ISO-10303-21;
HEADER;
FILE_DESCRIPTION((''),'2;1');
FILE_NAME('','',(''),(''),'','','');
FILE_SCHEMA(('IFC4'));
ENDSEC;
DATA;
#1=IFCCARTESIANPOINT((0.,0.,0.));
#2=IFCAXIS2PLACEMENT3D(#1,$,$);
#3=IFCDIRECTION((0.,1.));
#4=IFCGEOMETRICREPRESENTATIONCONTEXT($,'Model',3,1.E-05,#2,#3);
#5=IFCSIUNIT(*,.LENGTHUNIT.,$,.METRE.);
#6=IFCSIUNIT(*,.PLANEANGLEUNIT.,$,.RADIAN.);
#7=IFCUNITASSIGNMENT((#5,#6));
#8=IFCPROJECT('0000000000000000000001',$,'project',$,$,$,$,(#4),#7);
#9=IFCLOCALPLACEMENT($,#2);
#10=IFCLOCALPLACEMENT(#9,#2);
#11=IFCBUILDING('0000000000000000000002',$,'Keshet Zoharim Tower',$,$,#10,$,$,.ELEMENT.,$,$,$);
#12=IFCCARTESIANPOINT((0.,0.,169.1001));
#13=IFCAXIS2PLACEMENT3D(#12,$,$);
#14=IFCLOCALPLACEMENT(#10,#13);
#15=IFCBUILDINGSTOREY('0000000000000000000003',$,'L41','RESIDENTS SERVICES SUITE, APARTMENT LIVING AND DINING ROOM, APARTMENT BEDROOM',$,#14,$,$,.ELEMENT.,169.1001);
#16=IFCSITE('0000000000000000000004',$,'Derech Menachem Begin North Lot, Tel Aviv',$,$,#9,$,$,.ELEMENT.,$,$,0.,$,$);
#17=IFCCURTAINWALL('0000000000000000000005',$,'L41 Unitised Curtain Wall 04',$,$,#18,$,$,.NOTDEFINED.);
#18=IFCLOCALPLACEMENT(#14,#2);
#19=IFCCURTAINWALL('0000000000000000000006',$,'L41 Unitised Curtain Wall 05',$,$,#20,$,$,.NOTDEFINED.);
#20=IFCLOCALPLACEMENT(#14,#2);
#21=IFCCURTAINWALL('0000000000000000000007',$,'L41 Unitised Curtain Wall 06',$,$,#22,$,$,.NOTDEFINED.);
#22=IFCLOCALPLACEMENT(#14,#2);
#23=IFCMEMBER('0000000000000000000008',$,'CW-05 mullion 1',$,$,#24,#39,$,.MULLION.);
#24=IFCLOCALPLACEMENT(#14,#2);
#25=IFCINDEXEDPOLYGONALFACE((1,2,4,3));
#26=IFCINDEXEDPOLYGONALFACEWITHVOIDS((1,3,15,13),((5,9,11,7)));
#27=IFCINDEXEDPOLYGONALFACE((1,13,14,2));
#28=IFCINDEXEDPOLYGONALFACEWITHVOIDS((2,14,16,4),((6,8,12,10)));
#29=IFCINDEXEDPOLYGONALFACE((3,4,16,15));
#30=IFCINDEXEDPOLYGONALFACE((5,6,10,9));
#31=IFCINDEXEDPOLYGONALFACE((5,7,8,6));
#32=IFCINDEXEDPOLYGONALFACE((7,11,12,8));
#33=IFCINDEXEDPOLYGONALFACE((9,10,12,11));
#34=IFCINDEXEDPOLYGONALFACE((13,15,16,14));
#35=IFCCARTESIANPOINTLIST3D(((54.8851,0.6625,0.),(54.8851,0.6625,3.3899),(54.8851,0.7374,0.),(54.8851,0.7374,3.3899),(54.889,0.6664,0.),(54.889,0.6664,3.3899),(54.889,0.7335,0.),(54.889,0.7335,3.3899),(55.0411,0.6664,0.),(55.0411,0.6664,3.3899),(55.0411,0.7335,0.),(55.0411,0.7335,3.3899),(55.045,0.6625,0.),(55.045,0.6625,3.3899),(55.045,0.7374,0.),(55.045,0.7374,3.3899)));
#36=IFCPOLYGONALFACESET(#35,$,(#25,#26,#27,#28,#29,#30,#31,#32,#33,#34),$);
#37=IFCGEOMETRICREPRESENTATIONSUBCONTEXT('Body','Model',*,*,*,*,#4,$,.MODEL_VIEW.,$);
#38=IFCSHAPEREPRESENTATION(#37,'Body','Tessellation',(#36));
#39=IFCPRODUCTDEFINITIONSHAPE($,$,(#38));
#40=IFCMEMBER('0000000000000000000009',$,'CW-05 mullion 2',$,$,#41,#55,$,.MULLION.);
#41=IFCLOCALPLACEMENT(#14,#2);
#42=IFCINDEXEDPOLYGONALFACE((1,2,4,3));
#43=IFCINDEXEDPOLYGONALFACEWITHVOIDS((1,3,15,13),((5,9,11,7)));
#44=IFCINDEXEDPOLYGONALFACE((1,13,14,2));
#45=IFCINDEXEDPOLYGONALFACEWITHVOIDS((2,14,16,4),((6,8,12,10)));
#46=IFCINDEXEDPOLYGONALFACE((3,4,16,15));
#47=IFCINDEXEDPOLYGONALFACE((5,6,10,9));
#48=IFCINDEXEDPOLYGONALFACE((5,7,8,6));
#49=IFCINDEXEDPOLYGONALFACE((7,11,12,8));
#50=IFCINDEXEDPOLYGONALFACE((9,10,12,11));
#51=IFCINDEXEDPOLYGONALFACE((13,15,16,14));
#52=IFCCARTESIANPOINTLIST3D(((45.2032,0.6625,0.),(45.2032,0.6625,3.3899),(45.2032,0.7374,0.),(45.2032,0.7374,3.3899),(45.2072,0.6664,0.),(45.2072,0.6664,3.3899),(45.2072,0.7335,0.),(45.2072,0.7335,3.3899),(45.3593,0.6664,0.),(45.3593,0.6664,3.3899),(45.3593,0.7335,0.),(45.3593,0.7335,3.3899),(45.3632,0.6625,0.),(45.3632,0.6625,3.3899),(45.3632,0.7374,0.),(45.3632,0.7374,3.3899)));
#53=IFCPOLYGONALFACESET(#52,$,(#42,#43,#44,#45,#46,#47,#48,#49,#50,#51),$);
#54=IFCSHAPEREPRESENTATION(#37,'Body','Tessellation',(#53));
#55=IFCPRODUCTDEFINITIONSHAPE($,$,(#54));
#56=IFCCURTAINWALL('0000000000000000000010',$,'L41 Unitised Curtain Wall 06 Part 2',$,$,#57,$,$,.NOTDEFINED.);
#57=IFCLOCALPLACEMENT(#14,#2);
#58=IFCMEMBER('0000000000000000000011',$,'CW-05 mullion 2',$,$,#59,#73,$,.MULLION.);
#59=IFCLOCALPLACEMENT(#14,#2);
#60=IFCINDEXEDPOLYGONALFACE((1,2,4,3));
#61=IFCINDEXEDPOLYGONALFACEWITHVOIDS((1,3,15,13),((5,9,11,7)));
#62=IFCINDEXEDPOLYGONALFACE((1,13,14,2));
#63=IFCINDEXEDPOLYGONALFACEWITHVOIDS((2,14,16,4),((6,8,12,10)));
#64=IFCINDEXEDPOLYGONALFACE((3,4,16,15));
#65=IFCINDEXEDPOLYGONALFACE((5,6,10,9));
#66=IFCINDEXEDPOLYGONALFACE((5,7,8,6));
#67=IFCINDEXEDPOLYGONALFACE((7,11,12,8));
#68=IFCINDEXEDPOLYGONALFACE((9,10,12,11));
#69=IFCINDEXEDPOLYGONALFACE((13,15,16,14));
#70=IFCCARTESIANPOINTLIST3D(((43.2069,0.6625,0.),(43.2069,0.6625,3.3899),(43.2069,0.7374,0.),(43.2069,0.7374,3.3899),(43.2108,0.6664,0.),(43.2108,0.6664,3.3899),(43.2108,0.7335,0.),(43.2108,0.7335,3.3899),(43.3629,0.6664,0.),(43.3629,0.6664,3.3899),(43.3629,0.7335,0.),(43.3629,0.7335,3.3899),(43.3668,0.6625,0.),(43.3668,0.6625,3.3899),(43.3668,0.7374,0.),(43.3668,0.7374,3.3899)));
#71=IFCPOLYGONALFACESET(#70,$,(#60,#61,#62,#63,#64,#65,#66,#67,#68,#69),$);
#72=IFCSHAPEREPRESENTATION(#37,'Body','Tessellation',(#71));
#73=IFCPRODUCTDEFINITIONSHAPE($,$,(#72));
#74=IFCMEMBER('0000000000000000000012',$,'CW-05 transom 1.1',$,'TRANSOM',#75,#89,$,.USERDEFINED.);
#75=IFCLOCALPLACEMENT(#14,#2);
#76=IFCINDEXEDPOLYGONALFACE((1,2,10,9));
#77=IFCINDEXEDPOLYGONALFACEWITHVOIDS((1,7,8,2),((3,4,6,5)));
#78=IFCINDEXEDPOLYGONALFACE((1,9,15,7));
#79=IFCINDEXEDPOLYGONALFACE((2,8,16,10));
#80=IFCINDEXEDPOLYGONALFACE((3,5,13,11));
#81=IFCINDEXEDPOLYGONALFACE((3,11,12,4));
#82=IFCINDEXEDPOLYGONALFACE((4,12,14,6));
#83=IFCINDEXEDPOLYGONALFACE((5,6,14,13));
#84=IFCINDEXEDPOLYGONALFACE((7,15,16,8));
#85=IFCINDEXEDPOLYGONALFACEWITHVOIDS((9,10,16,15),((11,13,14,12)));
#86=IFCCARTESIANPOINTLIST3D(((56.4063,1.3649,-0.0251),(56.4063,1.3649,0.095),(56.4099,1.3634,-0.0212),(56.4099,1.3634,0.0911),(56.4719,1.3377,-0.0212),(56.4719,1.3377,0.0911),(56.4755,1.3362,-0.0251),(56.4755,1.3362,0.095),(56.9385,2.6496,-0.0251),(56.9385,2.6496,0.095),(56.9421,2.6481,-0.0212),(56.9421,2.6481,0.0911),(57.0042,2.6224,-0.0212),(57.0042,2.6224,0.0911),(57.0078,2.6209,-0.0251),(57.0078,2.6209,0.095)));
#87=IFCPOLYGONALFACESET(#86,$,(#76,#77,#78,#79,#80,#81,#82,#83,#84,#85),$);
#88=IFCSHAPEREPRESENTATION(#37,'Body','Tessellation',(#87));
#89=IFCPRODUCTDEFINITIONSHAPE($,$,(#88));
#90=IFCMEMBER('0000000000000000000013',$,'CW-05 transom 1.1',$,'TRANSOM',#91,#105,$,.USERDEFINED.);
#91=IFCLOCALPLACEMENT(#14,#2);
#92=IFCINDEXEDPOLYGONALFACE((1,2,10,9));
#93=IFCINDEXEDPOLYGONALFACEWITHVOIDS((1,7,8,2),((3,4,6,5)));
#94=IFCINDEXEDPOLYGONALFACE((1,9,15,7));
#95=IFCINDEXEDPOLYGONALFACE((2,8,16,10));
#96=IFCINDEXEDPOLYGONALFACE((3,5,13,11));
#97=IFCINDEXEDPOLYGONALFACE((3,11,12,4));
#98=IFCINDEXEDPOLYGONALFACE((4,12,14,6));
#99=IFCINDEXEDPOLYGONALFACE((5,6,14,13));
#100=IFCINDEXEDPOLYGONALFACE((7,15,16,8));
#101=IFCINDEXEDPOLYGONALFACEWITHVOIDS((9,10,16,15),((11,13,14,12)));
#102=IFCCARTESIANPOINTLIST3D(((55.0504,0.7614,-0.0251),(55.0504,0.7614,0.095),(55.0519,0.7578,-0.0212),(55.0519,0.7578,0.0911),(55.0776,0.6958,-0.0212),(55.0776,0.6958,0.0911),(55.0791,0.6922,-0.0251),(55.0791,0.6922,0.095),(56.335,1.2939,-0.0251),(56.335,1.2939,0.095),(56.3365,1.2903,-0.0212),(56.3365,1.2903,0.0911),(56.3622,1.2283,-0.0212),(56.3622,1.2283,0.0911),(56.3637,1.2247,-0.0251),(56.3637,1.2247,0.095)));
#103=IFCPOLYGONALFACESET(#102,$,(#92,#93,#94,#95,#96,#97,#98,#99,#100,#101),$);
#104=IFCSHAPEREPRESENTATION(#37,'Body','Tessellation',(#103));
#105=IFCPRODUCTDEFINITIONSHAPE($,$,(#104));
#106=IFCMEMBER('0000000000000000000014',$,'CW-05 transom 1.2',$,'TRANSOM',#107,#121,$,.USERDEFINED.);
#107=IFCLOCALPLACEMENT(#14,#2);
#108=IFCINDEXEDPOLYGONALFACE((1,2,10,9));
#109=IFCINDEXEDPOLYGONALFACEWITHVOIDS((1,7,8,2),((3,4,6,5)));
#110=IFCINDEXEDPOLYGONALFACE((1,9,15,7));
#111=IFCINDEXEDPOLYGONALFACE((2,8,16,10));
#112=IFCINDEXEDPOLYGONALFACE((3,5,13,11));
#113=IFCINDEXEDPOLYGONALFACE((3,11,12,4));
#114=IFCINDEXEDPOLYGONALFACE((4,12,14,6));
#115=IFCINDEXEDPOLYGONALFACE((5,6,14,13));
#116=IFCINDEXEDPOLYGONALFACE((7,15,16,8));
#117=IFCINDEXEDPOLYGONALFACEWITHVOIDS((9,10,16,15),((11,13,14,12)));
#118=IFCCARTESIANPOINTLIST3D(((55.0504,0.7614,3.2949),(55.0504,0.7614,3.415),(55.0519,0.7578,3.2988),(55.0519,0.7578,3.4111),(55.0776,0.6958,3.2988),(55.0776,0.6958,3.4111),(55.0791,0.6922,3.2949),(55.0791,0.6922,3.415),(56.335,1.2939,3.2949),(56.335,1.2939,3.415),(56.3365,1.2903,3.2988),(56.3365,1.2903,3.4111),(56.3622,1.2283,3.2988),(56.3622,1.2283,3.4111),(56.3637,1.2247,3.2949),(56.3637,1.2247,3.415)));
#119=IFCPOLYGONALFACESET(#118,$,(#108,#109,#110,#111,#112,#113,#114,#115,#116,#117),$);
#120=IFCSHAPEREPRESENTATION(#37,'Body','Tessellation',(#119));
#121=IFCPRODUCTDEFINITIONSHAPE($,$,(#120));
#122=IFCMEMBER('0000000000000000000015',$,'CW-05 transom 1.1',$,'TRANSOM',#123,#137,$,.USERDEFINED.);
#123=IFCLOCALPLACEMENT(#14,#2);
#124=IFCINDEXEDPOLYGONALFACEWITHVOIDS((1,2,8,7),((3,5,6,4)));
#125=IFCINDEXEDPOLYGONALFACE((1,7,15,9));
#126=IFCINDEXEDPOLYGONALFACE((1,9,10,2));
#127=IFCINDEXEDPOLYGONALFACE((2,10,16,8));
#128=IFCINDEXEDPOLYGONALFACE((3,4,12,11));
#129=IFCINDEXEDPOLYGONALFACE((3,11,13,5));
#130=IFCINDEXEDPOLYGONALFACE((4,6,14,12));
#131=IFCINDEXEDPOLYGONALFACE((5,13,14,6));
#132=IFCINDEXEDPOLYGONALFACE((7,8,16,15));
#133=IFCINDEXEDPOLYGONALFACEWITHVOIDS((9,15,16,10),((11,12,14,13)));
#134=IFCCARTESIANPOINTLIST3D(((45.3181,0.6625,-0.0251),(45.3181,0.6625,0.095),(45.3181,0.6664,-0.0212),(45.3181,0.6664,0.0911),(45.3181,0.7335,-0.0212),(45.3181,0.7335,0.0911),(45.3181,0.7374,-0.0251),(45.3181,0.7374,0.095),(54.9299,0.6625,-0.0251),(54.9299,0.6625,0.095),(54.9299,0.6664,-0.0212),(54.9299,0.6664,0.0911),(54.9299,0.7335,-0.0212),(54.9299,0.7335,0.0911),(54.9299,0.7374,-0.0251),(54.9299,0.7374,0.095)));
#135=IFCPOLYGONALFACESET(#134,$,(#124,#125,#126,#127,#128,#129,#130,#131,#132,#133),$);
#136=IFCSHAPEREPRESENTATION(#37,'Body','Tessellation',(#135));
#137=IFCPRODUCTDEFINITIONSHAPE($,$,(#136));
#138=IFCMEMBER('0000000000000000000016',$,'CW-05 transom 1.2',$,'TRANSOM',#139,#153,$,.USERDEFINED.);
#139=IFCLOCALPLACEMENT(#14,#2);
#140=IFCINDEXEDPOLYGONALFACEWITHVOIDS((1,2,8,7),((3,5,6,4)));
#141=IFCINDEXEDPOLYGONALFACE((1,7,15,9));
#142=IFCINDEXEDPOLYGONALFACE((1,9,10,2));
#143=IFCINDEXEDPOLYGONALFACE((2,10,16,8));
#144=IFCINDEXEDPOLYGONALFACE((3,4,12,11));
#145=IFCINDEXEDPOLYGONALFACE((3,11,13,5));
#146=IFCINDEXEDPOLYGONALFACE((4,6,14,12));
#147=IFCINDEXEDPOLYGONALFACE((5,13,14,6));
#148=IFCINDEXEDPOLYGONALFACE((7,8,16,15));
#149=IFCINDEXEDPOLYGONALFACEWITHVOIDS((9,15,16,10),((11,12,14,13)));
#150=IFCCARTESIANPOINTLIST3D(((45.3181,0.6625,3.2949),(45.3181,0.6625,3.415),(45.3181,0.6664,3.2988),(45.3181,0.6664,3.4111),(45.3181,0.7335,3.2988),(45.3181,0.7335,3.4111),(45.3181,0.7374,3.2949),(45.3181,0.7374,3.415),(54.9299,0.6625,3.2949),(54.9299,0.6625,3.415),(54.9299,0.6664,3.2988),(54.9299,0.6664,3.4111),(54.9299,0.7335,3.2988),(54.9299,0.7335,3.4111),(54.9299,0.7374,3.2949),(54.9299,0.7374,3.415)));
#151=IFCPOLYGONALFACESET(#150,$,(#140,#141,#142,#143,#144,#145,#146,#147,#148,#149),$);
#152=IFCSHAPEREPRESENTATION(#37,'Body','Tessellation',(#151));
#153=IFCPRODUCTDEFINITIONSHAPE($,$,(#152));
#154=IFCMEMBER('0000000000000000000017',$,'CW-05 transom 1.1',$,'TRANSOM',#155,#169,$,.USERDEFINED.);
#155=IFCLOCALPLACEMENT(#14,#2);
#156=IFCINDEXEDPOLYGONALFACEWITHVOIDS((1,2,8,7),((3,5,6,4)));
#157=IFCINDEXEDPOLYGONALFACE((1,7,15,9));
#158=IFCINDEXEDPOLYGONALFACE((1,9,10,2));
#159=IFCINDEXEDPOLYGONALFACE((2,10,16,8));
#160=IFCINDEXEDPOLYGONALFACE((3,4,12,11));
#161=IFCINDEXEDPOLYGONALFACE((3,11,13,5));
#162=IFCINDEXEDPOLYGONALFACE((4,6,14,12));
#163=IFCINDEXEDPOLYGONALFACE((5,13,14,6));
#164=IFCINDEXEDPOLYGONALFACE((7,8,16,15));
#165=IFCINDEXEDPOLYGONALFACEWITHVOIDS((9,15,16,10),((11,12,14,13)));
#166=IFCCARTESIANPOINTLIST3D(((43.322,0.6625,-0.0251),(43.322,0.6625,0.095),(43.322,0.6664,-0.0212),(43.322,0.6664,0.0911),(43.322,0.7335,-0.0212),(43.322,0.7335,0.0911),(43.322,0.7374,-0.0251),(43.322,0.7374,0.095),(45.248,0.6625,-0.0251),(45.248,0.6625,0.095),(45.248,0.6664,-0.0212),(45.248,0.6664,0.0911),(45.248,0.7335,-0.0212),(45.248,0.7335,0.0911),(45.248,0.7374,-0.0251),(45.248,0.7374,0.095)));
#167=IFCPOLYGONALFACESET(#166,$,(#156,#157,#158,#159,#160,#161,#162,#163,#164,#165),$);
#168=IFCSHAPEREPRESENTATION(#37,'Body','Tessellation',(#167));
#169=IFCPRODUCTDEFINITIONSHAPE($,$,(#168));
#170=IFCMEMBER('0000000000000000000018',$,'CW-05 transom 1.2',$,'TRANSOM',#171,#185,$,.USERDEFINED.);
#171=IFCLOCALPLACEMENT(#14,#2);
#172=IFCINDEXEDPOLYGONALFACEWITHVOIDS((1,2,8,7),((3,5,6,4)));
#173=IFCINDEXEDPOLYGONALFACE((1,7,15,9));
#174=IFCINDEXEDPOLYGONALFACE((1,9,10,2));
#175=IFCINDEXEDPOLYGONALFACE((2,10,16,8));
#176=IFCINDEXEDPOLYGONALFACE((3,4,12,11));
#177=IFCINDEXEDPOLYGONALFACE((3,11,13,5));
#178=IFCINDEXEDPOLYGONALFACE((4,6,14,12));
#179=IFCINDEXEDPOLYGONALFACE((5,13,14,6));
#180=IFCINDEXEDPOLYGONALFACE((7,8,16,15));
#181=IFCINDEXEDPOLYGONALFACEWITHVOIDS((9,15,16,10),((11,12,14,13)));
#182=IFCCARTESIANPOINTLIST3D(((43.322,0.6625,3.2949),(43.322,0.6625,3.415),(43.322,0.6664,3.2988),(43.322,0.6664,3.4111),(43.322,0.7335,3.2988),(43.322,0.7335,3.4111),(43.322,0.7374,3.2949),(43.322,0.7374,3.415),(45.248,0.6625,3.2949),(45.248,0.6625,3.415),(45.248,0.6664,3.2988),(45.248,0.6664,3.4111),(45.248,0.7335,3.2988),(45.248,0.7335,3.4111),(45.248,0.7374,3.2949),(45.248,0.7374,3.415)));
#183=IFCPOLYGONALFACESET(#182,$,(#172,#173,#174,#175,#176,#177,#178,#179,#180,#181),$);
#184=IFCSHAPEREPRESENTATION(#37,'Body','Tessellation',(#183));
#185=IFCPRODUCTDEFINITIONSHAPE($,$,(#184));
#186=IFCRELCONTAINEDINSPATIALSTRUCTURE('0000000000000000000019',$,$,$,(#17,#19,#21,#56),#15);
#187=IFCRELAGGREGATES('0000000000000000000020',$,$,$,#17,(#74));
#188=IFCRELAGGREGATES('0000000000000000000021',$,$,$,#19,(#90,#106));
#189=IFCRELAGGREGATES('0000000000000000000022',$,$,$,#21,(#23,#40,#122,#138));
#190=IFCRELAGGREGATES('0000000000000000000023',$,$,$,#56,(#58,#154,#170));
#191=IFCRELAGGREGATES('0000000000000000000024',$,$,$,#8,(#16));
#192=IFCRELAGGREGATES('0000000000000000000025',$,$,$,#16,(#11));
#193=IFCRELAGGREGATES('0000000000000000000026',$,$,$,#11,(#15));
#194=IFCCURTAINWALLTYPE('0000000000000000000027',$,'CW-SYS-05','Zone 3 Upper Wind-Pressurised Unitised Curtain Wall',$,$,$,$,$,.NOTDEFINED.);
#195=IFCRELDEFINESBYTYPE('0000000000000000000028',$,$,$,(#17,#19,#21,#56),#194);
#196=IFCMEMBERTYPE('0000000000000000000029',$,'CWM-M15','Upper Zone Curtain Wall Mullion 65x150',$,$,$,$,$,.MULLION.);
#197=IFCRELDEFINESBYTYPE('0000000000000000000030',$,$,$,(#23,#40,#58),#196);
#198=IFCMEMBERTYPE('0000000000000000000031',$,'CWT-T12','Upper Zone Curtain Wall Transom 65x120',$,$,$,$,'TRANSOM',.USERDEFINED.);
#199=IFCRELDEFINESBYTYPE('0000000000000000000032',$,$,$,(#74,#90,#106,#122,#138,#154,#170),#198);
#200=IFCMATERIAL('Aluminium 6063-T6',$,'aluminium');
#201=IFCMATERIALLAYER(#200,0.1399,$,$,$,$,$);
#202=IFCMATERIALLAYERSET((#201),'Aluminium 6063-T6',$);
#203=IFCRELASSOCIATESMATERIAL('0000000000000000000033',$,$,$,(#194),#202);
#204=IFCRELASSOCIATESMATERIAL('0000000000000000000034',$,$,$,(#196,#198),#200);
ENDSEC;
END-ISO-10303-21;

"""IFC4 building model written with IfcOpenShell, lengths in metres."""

from ifc_helpers import new_model, si_unit, direction, frame, origin, origin_2d, place, context, subcontext, project, spatial, hollow_rectangle, extrude, material, layer, layer_set, material_profile, profile_set, type_object, element, aggregate, save


model = new_model("IFC4")

# Units and contexts
model_context = context("Model", 3, precision=1e-05, world=origin(), true_north=direction((0.0, 1.0)))
body_context = subcontext(model_context, "Body", "Model", "MODEL_VIEW")
ifc_project = project(units=[si_unit("LENGTHUNIT", "METRE"), si_unit("PLANEANGLEUNIT", "RADIAN")], contexts=[model_context])

# Site, building, storey
site_placement = place(None, origin())
site = spatial("IfcSite", under=ifc_project, at=site_placement, Name="Derech Menachem Begin North Lot, Tel Aviv", CompositionType="ELEMENT", RefElevation=0.0)
building_placement = place(site_placement, origin())
building = spatial("IfcBuilding", under=site, at=building_placement, Name="Keshet Zoharim Tower", CompositionType="ELEMENT")
storey_placement = place(building_placement, frame((0.0, 0.0, 169.1001)))
storey = spatial("IfcBuildingStorey", under=building, at=storey_placement, Name="L41", Description="RESIDENTS SERVICES SUITE, APARTMENT LIVING AND DINING ROOM, APARTMENT BEDROOM", CompositionType="ELEMENT", Elevation=169.1001)

# Curtain wall
ifc_material_1 = material(Name="Aluminium 6063-T6", Category="aluminium")
ifc_layer_1 = layer(ifc_material_1, 0.1399)
ifc_layer_set_1 = layer_set([ifc_layer_1], Name="Aluminium 6063-T6")
curtain_wall_type = type_object("IfcCurtainWallType", Name="CW-SYS-05", Description="Zone 3 Upper Wind-Pressurised Unitised Curtain Wall", PredefinedType="NOTDEFINED", material=ifc_layer_set_1)
curtain_wall_1_placement = place(storey_placement, origin())
curtain_wall_1 = element("IfcCurtainWall", 1, at=curtain_wall_1_placement, inside=storey, type_object=curtain_wall_type, Name="L41 Unitised Curtain Wall 04", PredefinedType="NOTDEFINED")
ifc_material_profile_1 = material_profile(ifc_material_1, hollow_rectangle(XDim=0.075, YDim=0.1599, WallThickness=0.0039, at=origin_2d()), Name="MUL-75x160")
ifc_profile_set_1 = profile_set([ifc_material_profile_1], Name="Aluminium 6063-T6")
member_type_1 = type_object("IfcMemberType", Name="CWM-M15", Description="Upper Zone Curtain Wall Mullion 65x150", PredefinedType="MULLION", material=ifc_profile_set_1)

# Curtain walls, members
curtain_wall_2_placement = place(storey_placement, origin())
curtain_wall_2 = element("IfcCurtainWall", 2, at=curtain_wall_2_placement, inside=storey, type_object=curtain_wall_type, Name="L41 Unitised Curtain Wall 05", PredefinedType="NOTDEFINED")
curtain_wall_3_placement = place(storey_placement, origin())
curtain_wall_3 = element("IfcCurtainWall", 3, at=curtain_wall_3_placement, inside=storey, type_object=curtain_wall_type, Name="L41 Unitised Curtain Wall 06", PredefinedType="NOTDEFINED")
member_1_placement = place(storey_placement, frame((54.9651, 0.7, 0.0), z_axis=(0.0, 0.0, 1.0), x_axis=(0.0, -1.0, 0.0)))
member_1 = element("IfcMember", 4, at=member_1_placement, type_object=member_type_1, Name="CW-05 mullion 1", PredefinedType="MULLION", context=body_context, shape_type="SweptSolid", body=[
    extrude(hollow_rectangle(XDim=0.075, YDim=0.1599, WallThickness=0.0039, at=origin_2d()), origin(), (0.0, 0.0, 1.0), 3.3899),
])
member_2_placement = place(storey_placement, frame((45.2832, 0.7, 0.0), z_axis=(0.0, 0.0, 1.0), x_axis=(0.0, -1.0, 0.0)))
member_2 = element("IfcMember", 5, at=member_2_placement, type_object=member_type_1, Name="CW-05 mullion 2", PredefinedType="MULLION", context=body_context, shape_type="SweptSolid", body=[
    extrude(hollow_rectangle(XDim=0.075, YDim=0.1599, WallThickness=0.0039, at=origin_2d()), origin(), (0.0, 0.0, 1.0), 3.3899),
])

# Curtain wall, member
curtain_wall_4_placement = place(storey_placement, origin())
curtain_wall_4 = element("IfcCurtainWall", 6, at=curtain_wall_4_placement, inside=storey, type_object=curtain_wall_type, Name="L41 Unitised Curtain Wall 06 Part 2", PredefinedType="NOTDEFINED")
member_3_placement = place(storey_placement, frame((43.2869, 0.7, 0.0), z_axis=(0.0, 0.0, 1.0), x_axis=(0.0, -1.0, 0.0)))
member_3 = element("IfcMember", 7, at=member_3_placement, type_object=member_type_1, Name="CW-05 mullion 2", PredefinedType="MULLION", context=body_context, shape_type="SweptSolid", body=[
    extrude(hollow_rectangle(XDim=0.075, YDim=0.1599, WallThickness=0.0039, at=origin_2d()), origin(), (0.0, 0.0, 1.0), 3.3899),
])

# Members
ifc_material_profile_2 = material_profile(ifc_material_1, hollow_rectangle(XDim=0.075, YDim=0.1201, WallThickness=0.0039, at=origin_2d()), Name="TRN-75x120")
ifc_profile_set_2 = profile_set([ifc_material_profile_2], Name="Aluminium 6063-T6")
member_type_2 = type_object("IfcMemberType", Name="CWT-T12", Description="Upper Zone Curtain Wall Transom 65x120", ElementType="TRANSOM", PredefinedType="USERDEFINED", material=ifc_profile_set_2)
member_4_placement = place(storey_placement, frame((56.9731, 2.6353, 0.0349), z_axis=(-0.382745, -0.923854, 0.0), x_axis=(0.923854, -0.382745, 0.0)))
member_4 = element("IfcMember", 8, at=member_4_placement, type_object=member_type_2, Name="CW-05 transom 1.1", ObjectType="TRANSOM", PredefinedType="USERDEFINED", context=body_context, shape_type="SweptSolid", body=[
    extrude(hollow_rectangle(XDim=0.075, YDim=0.1201, WallThickness=0.0039, at=origin_2d()), origin(), (0.0, 0.0, 1.0), 1.3906),
])
member_5_placement = place(storey_placement, frame((56.3494, 1.2593, 0.0349), z_axis=(-0.923792, -0.382894, 0.0), x_axis=(0.382894, -0.923792, 0.0)))
member_5 = element("IfcMember", 9, at=member_5_placement, type_object=member_type_2, Name="CW-05 transom 1.1", ObjectType="TRANSOM", PredefinedType="USERDEFINED", context=body_context, shape_type="SweptSolid", body=[
    extrude(hollow_rectangle(XDim=0.075, YDim=0.1201, WallThickness=0.0039, at=origin_2d()), origin(), (0.0, 0.0, 1.0), 1.3906),
])
member_6_placement = place(storey_placement, frame((56.3494, 1.2593, 3.355), z_axis=(-0.923792, -0.382894, 0.0), x_axis=(0.382894, -0.923792, 0.0)))
member_6 = element("IfcMember", 10, at=member_6_placement, type_object=member_type_2, Name="CW-05 transom 1.2", ObjectType="TRANSOM", PredefinedType="USERDEFINED", context=body_context, shape_type="SweptSolid", body=[
    extrude(hollow_rectangle(XDim=0.075, YDim=0.1201, WallThickness=0.0039, at=origin_2d()), origin(), (0.0, 0.0, 1.0), 1.3906),
])
member_7_placement = place(storey_placement, frame((54.9299, 0.7, 0.0349), z_axis=(-1.0, 0.0, 0.0), x_axis=(0.0, -1.0, 0.0)))
member_7 = element("IfcMember", 11, at=member_7_placement, type_object=member_type_2, Name="CW-05 transom 1.1", ObjectType="TRANSOM", PredefinedType="USERDEFINED", context=body_context, shape_type="SweptSolid", body=[
    extrude(hollow_rectangle(XDim=0.075, YDim=0.1201, WallThickness=0.0039, at=origin_2d()), origin(), (0.0, 0.0, 1.0), 9.6118),
])
member_8_placement = place(storey_placement, frame((54.9299, 0.7, 3.355), z_axis=(-1.0, 0.0, 0.0), x_axis=(0.0, -1.0, 0.0)))
member_8 = element("IfcMember", 12, at=member_8_placement, type_object=member_type_2, Name="CW-05 transom 1.2", ObjectType="TRANSOM", PredefinedType="USERDEFINED", context=body_context, shape_type="SweptSolid", body=[
    extrude(hollow_rectangle(XDim=0.075, YDim=0.1201, WallThickness=0.0039, at=origin_2d()), origin(), (0.0, 0.0, 1.0), 9.6118),
])
member_9_placement = place(storey_placement, frame((45.248, 0.7, 0.0349), z_axis=(-1.0, 0.0, 0.0), x_axis=(0.0, -1.0, 0.0)))
member_9 = element("IfcMember", 13, at=member_9_placement, type_object=member_type_2, Name="CW-05 transom 1.1", ObjectType="TRANSOM", PredefinedType="USERDEFINED", context=body_context, shape_type="SweptSolid", body=[
    extrude(hollow_rectangle(XDim=0.075, YDim=0.1201, WallThickness=0.0039, at=origin_2d()), origin(), (0.0, 0.0, 1.0), 1.926),
])
member_10_placement = place(storey_placement, frame((45.248, 0.7, 3.355), z_axis=(-1.0, 0.0, 0.0), x_axis=(0.0, -1.0, 0.0)))
member_10 = element("IfcMember", 14, at=member_10_placement, type_object=member_type_2, Name="CW-05 transom 1.2", ObjectType="TRANSOM", PredefinedType="USERDEFINED", context=body_context, shape_type="SweptSolid", body=[
    extrude(hollow_rectangle(XDim=0.075, YDim=0.1201, WallThickness=0.0039, at=origin_2d()), origin(), (0.0, 0.0, 1.0), 1.926),
])

aggregate(curtain_wall_1, [member_4])
aggregate(curtain_wall_2, [member_5, member_6])
aggregate(curtain_wall_3, [member_1, member_2, member_7, member_8])
aggregate(curtain_wall_4, [member_3, member_9, member_10])

save(model, "model.ifc")
